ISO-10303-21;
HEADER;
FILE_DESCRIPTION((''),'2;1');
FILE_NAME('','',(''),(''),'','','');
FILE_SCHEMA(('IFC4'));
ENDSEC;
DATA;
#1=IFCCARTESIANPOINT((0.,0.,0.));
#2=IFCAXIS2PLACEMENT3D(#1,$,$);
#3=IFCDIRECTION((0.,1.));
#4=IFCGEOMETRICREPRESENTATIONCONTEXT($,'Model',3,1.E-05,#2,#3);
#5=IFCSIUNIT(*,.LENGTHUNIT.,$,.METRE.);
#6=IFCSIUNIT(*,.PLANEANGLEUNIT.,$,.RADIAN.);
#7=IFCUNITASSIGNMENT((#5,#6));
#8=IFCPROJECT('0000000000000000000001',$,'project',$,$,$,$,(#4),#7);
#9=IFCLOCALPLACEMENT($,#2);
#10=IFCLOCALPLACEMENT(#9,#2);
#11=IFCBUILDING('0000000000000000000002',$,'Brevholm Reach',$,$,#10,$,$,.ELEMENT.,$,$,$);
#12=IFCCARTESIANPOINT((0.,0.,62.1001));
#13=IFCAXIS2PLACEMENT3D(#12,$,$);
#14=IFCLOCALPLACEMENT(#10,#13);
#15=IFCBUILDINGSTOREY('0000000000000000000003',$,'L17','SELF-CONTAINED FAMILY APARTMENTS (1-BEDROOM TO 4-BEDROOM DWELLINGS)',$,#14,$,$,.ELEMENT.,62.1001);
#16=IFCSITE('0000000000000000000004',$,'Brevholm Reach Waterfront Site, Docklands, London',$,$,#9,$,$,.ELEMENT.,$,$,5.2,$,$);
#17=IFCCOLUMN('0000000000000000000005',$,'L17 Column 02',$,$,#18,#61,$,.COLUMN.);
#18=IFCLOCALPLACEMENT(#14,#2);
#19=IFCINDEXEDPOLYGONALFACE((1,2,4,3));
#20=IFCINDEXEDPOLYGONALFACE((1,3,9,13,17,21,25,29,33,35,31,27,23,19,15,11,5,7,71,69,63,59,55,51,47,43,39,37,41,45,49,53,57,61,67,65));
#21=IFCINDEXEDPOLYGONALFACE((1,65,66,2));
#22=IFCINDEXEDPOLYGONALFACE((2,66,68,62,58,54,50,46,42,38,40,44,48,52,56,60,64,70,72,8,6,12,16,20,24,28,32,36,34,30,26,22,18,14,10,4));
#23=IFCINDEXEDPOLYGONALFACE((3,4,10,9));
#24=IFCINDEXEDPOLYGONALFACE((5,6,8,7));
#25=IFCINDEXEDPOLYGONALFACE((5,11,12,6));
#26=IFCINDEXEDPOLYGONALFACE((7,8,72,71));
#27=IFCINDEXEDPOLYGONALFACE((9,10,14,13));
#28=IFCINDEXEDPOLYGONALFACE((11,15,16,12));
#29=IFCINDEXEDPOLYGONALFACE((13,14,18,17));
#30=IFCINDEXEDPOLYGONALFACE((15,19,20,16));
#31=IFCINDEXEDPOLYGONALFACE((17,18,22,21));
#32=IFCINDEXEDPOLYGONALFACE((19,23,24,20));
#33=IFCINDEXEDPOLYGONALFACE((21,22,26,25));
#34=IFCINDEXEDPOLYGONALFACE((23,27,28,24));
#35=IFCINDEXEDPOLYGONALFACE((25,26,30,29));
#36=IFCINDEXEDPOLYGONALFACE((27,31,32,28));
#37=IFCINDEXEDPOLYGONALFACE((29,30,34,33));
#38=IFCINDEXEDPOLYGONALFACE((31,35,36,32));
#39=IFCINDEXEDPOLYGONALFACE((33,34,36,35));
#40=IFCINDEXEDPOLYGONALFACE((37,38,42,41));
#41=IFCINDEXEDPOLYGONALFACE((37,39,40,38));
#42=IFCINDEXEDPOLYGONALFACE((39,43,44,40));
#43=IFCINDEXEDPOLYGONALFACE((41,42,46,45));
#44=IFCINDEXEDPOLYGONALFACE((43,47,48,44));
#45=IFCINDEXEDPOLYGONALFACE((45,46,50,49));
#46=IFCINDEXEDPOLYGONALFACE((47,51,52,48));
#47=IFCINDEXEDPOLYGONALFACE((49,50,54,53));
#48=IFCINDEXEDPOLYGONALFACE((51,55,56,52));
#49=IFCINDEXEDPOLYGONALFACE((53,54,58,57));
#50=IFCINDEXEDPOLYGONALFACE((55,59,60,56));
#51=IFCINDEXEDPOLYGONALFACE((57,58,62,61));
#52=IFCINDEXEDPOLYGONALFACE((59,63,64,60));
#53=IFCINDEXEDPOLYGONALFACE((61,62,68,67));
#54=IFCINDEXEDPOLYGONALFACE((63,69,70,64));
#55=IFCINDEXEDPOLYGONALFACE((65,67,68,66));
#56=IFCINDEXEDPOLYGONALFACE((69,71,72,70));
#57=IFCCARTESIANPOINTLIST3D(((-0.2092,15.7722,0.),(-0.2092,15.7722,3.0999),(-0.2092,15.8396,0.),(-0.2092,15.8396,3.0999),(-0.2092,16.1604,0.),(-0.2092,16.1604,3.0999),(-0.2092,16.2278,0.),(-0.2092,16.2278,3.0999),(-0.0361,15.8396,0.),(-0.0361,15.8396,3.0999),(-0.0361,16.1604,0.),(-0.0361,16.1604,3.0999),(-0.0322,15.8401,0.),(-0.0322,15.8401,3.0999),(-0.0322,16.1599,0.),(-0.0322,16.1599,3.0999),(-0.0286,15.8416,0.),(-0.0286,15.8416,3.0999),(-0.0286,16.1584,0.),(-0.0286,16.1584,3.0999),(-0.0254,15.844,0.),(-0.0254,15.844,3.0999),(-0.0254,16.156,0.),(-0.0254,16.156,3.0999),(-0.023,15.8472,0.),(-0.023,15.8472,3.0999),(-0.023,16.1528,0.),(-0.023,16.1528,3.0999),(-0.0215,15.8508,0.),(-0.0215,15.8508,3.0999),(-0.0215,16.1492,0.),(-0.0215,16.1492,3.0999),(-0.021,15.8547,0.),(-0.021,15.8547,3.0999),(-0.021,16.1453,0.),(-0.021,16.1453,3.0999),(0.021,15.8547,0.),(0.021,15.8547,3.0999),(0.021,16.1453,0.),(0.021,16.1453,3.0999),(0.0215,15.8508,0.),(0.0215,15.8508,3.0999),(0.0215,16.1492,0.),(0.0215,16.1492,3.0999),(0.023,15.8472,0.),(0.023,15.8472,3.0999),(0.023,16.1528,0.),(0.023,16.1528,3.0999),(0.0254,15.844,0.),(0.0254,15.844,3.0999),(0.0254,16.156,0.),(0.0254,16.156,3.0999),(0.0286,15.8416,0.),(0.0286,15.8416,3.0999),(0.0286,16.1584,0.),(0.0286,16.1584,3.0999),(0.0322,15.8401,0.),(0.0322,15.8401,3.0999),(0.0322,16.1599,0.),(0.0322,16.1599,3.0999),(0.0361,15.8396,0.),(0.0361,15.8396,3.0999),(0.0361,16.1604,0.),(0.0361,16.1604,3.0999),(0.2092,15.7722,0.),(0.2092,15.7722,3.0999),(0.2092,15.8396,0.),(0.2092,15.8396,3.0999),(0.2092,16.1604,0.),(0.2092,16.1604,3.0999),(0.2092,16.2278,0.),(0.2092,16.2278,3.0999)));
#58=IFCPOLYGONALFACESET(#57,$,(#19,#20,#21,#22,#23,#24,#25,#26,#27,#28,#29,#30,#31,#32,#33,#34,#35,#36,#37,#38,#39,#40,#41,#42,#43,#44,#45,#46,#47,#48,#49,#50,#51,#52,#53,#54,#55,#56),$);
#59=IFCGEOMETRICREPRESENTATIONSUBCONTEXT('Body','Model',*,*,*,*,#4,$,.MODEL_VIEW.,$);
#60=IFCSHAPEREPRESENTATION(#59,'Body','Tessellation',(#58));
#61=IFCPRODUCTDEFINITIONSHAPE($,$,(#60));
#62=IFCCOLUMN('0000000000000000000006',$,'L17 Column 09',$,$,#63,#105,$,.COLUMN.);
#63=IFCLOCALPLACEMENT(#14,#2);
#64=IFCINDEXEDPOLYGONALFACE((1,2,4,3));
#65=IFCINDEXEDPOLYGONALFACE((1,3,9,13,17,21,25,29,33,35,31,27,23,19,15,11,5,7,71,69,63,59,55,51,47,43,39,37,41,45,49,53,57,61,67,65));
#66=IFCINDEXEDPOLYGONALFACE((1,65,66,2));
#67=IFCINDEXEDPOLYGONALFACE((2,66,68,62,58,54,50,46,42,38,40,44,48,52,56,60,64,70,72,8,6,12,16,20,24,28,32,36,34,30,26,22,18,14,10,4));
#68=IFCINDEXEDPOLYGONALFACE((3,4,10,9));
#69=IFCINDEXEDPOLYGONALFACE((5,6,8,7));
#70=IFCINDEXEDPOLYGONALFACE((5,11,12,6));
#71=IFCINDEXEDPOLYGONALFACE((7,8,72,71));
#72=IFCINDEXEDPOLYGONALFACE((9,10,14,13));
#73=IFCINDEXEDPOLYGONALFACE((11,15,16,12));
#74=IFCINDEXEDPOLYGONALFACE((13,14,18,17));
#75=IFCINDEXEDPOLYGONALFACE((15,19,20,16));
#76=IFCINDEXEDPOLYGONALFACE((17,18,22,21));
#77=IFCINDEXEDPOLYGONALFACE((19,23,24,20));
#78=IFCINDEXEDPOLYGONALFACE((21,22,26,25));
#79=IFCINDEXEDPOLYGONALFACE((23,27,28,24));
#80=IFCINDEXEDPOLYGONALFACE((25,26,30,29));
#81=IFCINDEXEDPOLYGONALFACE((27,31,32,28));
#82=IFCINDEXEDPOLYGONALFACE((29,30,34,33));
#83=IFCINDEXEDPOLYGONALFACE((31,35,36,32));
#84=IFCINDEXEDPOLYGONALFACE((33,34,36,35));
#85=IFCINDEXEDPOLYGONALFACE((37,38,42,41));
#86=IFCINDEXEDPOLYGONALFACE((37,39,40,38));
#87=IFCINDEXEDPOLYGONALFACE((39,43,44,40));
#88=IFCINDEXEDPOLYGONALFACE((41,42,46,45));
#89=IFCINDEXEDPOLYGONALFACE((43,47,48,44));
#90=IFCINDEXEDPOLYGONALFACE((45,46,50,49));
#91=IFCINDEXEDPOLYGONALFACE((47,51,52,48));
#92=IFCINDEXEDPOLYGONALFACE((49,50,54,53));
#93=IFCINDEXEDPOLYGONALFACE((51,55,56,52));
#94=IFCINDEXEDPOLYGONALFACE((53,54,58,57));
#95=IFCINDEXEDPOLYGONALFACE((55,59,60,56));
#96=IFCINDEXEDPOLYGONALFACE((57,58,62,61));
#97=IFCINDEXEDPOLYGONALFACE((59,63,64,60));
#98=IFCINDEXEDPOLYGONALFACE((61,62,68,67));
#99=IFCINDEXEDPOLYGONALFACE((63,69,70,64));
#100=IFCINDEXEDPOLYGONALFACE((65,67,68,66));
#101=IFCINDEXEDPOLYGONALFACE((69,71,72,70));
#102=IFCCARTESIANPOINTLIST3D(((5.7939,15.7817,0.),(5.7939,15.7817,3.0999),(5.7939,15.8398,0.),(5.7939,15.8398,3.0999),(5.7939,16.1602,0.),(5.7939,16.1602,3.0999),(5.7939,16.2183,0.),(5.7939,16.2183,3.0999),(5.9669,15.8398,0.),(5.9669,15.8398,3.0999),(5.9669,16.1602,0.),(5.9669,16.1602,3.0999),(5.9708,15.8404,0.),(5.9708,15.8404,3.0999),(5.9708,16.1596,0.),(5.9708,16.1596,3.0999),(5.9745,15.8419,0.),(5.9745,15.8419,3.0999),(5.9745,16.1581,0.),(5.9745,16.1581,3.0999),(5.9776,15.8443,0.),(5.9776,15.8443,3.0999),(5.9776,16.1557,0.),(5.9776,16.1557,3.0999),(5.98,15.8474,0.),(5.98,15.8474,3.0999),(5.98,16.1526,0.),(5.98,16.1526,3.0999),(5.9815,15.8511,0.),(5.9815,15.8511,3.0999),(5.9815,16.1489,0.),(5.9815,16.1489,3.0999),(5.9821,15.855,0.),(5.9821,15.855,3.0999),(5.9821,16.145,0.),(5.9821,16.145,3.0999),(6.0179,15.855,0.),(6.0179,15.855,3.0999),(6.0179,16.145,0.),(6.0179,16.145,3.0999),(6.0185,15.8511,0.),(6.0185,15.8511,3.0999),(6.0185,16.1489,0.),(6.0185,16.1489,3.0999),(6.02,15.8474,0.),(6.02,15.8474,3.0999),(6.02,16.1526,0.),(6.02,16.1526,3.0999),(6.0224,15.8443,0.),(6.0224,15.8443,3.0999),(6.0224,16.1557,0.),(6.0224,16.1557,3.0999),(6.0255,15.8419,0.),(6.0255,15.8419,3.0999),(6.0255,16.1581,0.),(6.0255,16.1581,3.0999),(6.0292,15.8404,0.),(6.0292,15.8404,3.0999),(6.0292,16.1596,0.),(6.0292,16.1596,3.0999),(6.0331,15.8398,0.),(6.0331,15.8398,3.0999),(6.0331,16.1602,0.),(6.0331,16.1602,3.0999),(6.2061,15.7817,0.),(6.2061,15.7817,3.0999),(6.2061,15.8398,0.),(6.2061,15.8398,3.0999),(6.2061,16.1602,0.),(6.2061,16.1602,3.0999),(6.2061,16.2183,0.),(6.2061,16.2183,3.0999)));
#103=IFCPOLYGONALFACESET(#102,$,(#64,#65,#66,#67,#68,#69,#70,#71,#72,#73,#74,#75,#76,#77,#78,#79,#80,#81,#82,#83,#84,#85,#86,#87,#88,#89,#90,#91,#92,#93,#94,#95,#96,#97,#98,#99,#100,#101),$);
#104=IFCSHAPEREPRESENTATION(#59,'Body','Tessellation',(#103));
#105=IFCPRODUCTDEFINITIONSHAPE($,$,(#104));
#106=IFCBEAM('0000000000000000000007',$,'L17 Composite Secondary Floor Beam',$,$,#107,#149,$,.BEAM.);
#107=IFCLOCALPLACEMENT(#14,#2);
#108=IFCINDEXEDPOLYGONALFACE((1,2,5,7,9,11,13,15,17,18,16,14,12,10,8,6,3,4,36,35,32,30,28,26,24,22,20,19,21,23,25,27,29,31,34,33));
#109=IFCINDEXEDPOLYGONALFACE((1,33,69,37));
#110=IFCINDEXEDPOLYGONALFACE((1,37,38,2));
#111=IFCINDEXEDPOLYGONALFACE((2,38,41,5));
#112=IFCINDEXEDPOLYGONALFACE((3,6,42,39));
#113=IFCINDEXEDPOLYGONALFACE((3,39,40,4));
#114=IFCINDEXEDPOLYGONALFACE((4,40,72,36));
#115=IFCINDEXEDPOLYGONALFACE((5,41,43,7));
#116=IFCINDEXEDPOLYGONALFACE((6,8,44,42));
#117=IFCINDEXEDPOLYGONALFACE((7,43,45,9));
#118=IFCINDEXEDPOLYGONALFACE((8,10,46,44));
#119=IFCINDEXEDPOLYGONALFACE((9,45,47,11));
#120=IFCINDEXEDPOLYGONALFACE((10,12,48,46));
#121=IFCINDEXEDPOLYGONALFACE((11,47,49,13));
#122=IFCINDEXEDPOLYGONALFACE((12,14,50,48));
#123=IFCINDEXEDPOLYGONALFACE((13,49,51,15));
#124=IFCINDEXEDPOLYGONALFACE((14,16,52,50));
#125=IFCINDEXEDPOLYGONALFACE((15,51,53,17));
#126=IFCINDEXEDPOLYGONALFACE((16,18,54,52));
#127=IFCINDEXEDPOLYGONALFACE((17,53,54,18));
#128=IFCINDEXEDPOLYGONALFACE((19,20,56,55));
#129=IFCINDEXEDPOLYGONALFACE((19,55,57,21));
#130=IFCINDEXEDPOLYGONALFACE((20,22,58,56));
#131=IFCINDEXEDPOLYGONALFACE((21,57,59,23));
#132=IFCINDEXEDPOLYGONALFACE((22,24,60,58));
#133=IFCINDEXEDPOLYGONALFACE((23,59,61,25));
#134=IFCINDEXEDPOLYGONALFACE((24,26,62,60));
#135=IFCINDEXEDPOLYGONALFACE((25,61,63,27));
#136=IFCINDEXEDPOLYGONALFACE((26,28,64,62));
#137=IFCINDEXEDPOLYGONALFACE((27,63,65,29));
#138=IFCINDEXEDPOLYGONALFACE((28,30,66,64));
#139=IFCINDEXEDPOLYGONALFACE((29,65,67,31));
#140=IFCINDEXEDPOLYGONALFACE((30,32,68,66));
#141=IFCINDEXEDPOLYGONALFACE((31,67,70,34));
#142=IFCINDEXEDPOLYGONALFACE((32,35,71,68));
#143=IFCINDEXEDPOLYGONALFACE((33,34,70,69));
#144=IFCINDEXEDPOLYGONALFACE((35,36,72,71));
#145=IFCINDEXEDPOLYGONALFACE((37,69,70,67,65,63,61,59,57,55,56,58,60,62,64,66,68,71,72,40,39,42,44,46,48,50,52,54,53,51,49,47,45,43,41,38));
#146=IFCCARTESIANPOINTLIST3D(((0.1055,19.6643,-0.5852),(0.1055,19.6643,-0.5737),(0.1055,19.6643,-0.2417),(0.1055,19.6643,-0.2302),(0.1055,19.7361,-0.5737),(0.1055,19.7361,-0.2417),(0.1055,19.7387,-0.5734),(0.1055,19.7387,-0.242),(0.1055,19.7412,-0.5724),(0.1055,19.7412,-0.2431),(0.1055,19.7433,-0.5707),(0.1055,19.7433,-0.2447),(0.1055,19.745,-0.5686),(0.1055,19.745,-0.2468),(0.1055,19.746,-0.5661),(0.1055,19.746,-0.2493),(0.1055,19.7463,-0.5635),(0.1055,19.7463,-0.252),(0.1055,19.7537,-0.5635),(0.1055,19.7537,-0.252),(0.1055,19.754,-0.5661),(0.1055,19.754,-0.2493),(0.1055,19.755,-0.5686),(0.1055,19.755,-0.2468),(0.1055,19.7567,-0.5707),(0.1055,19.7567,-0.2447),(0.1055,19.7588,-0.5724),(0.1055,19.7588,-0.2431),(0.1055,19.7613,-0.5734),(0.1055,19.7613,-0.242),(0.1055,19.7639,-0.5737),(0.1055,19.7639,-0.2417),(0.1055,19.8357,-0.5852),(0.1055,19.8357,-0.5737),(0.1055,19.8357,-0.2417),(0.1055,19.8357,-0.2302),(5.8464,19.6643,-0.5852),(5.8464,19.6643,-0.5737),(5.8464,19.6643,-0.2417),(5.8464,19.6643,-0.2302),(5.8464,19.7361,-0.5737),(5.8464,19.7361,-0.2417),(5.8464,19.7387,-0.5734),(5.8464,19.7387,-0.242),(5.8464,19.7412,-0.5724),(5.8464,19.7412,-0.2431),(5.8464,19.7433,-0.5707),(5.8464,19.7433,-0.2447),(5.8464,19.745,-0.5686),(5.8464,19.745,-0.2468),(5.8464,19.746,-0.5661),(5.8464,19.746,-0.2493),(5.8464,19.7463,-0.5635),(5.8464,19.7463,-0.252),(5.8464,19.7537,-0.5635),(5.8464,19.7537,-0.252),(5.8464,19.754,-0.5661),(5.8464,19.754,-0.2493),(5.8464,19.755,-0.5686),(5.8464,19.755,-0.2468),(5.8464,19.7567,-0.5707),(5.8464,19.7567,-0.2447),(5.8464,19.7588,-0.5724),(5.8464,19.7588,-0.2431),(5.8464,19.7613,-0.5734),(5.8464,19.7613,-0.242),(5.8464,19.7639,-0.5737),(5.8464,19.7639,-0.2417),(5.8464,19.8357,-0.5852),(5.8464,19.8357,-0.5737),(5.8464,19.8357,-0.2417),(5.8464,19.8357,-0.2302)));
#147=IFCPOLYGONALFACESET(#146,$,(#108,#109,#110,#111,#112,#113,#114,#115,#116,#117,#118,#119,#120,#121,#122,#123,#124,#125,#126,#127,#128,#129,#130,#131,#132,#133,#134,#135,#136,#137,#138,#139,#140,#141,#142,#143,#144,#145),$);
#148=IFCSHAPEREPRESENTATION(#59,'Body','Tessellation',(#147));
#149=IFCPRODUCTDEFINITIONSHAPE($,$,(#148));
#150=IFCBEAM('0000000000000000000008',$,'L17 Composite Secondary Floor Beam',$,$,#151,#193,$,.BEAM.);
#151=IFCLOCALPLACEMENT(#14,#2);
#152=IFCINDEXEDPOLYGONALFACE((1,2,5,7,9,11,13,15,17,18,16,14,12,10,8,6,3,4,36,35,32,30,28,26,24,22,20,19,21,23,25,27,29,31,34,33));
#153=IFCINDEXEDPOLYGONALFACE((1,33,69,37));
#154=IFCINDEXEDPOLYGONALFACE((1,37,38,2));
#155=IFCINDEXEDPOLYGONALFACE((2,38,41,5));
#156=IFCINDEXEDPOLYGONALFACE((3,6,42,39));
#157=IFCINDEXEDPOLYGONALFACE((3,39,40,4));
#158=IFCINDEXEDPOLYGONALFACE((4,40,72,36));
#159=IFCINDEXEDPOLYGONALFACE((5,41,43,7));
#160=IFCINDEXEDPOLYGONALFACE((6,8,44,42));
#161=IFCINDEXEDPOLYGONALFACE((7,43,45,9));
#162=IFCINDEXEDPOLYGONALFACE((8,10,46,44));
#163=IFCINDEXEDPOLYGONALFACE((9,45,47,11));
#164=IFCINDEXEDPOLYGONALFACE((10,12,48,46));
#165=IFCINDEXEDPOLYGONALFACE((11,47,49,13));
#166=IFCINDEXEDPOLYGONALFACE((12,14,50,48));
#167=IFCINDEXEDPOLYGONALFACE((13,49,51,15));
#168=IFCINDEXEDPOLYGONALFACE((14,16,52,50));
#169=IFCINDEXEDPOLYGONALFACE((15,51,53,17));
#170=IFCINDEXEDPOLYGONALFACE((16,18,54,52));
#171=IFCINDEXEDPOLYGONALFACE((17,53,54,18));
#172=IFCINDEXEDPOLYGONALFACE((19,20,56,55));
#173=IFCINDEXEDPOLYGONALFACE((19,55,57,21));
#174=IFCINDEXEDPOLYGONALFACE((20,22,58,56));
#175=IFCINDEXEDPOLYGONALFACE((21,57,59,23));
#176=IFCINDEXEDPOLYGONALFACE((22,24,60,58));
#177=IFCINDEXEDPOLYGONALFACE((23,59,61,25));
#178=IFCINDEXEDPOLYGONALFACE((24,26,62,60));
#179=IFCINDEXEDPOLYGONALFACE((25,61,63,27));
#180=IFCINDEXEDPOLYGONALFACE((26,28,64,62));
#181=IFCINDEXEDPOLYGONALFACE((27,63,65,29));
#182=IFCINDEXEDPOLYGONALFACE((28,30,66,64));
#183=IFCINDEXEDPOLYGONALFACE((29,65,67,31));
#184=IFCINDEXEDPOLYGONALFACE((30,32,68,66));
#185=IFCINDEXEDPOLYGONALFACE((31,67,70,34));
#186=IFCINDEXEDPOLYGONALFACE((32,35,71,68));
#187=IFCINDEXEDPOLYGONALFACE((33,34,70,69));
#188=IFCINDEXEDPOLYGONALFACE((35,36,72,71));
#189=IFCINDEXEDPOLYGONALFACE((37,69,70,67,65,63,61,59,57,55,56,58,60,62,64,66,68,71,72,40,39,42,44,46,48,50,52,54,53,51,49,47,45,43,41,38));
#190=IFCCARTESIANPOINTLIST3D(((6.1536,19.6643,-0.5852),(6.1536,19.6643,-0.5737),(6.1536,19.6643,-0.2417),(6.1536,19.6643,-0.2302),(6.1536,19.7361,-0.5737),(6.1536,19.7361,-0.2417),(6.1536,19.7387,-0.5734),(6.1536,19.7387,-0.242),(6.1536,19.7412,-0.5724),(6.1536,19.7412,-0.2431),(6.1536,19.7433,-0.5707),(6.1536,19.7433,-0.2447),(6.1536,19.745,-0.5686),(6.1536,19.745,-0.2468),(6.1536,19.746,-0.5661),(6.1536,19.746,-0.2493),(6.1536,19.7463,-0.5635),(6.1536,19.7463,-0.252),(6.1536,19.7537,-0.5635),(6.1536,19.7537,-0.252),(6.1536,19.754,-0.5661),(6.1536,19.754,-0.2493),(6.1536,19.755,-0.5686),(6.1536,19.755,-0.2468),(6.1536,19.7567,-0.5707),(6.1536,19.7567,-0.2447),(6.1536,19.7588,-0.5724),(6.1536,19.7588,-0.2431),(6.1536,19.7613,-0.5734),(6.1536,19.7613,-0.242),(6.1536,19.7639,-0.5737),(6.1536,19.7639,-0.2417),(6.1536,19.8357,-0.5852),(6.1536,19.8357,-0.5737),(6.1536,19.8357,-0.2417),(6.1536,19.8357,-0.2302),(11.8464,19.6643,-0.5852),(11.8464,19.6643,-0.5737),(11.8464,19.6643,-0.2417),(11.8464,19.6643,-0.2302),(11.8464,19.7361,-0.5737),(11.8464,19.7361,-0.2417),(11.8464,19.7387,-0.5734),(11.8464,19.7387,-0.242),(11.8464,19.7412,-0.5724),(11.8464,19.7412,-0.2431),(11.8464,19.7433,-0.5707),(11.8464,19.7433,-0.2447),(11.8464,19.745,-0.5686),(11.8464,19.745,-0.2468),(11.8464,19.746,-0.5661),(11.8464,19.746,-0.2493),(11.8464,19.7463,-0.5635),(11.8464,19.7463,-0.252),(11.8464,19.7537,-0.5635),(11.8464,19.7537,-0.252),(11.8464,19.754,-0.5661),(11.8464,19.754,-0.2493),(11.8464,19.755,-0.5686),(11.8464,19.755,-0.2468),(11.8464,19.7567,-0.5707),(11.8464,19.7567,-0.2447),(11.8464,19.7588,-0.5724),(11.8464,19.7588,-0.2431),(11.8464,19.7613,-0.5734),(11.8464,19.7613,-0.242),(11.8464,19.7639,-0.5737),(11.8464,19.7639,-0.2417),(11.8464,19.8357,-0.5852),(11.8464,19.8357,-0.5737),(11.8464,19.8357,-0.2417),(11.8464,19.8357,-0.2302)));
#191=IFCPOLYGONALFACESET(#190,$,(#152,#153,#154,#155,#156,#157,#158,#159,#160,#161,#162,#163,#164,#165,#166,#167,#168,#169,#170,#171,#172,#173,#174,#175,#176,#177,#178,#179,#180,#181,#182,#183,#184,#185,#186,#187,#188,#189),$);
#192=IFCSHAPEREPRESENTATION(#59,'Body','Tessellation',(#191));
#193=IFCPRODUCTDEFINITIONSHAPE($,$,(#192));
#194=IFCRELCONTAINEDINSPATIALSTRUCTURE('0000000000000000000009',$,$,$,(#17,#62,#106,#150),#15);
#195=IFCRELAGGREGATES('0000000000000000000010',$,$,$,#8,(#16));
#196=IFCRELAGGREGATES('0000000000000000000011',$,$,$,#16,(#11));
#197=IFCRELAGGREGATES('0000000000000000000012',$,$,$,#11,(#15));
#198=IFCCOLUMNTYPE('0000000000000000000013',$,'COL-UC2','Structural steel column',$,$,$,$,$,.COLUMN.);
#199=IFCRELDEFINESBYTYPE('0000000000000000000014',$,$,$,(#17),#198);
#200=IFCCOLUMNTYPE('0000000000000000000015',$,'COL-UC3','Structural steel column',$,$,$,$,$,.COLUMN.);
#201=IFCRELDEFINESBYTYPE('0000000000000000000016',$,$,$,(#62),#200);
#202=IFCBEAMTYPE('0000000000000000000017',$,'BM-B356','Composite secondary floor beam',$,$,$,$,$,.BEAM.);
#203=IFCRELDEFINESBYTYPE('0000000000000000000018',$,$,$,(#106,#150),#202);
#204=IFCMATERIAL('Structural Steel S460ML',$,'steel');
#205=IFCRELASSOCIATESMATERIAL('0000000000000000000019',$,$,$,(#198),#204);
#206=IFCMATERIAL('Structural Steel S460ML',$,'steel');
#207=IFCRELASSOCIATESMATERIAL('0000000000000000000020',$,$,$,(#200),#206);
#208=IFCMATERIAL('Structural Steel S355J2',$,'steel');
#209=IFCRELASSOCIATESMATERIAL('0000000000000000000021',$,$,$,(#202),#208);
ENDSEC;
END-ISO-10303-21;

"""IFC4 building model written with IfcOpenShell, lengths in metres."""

from ifc_helpers import new_model, si_unit, direction, frame, origin, origin_2d, place, context, subcontext, project, spatial, i_section, extrude, material, material_profile, profile_set, type_object, element, save


model = new_model("IFC4")

# Units and contexts
model_context = context("Model", 3, precision=1e-05, world=origin(), true_north=direction((0.0, 1.0)))
body_context = subcontext(model_context, "Body", "Model", "MODEL_VIEW")
ifc_project = project(units=[si_unit("LENGTHUNIT", "METRE"), si_unit("PLANEANGLEUNIT", "RADIAN")], contexts=[model_context])

# Site, building, storey
site_placement = place(None, origin())
site = spatial("IfcSite", under=ifc_project, at=site_placement, Name="Brevholm Reach Waterfront Site, Docklands, London", CompositionType="ELEMENT", RefElevation=5.2)
building_placement = place(site_placement, origin())
building = spatial("IfcBuilding", under=site, at=building_placement, Name="Brevholm Reach", CompositionType="ELEMENT")
storey_placement = place(building_placement, frame((0.0, 0.0, 62.1001)))
storey = spatial("IfcBuildingStorey", under=building, at=storey_placement, Name="L17", Description="SELF-CONTAINED FAMILY APARTMENTS (1-BEDROOM TO 4-BEDROOM DWELLINGS)", CompositionType="ELEMENT", Elevation=62.1001)

# Columns
ifc_material_1 = material(Name="Structural Steel S460ML", Category="steel")
ifc_material_profile_1 = material_profile(ifc_material_1, i_section(OverallWidth=0.4185, OverallDepth=0.4556, WebThickness=0.042, FlangeThickness=0.0674, FilletRadius=0.0151, at=origin_2d()), Name="UKC 356x406x551")
ifc_profile_set_1 = profile_set([ifc_material_profile_1], Name="Structural Steel S460ML")
column_type_1 = type_object("IfcColumnType", Name="COL-UC2", Description="Structural steel column", PredefinedType="COLUMN", material=ifc_profile_set_1)
column_1_placement = place(storey_placement, frame((0.0, 16.0, 0.0), z_axis=(0.0, 0.0, 1.0), x_axis=(1.0, 0.0, 0.0)))
element("IfcColumn", 1, at=column_1_placement, inside=storey, type_object=column_type_1, Name="L17 Column 02", PredefinedType="COLUMN", context=body_context, shape_type="SweptSolid", body=[
    extrude(i_section(OverallWidth=0.4185, OverallDepth=0.4556, WebThickness=0.042, FlangeThickness=0.0674, FilletRadius=0.0151, at=origin_2d()), origin(), (0.0, 0.0, 1.0), 3.0999),
])
ifc_material_2 = material(Name="Structural Steel S460ML", Category="steel")
ifc_material_profile_2 = material_profile(ifc_material_2, i_section(OverallWidth=0.4121, OverallDepth=0.4365, WebThickness=0.0359, FlangeThickness=0.0581, FilletRadius=0.0151, at=origin_2d()), Name="UKC 356x406x467")
ifc_profile_set_2 = profile_set([ifc_material_profile_2], Name="Structural Steel S460ML")
column_type_2 = type_object("IfcColumnType", Name="COL-UC3", Description="Structural steel column", PredefinedType="COLUMN", material=ifc_profile_set_2)
column_2_placement = place(storey_placement, frame((6.0, 16.0, 0.0), z_axis=(0.0, 0.0, 1.0), x_axis=(1.0, 0.0, 0.0)))
element("IfcColumn", 2, at=column_2_placement, inside=storey, type_object=column_type_2, Name="L17 Column 09", PredefinedType="COLUMN", context=body_context, shape_type="SweptSolid", body=[
    extrude(i_section(OverallWidth=0.4121, OverallDepth=0.4365, WebThickness=0.0359, FlangeThickness=0.0581, FilletRadius=0.0151, at=origin_2d()), origin(), (0.0, 0.0, 1.0), 3.0999),
])

# Beams
ifc_material_3 = material(Name="Structural Steel S355J2", Category="steel")
ifc_material_profile_3 = material_profile(ifc_material_3, i_section(OverallWidth=0.1714, OverallDepth=0.355, WebThickness=0.0073, FlangeThickness=0.0115, FilletRadius=0.0103, at=origin_2d()), Name="UKB 356x171x51")
ifc_profile_set_3 = profile_set([ifc_material_profile_3], Name="Structural Steel S355J2")
beam_type_1 = type_object("IfcBeamType", Name="BM-B356", Description="Composite secondary floor beam", PredefinedType="BEAM", material=ifc_profile_set_3)
beam_1_placement = place(storey_placement, frame((0.1055, 19.75, -0.4077), z_axis=(1.0, 0.0, 0.0), x_axis=(0.0, 1.0, 0.0)))
element("IfcBeam", 3, at=beam_1_placement, inside=storey, type_object=beam_type_1, Name="L17 Composite Secondary Floor Beam", PredefinedType="BEAM", context=body_context, shape_type="SweptSolid", body=[
    extrude(i_section(OverallWidth=0.1714, OverallDepth=0.355, WebThickness=0.0073, FlangeThickness=0.0115, FilletRadius=0.0103, at=origin_2d()), origin(), (0.0, 0.0, 1.0), 5.741),
])
beam_2_placement = place(storey_placement, frame((6.1536, 19.75, -0.4077), z_axis=(1.0, 0.0, 0.0), x_axis=(0.0, 1.0, 0.0)))
element("IfcBeam", 4, at=beam_2_placement, inside=storey, type_object=beam_type_1, Name="L17 Composite Secondary Floor Beam", PredefinedType="BEAM", context=body_context, shape_type="SweptSolid", body=[
    extrude(i_section(OverallWidth=0.1714, OverallDepth=0.355, WebThickness=0.0073, FlangeThickness=0.0115, FilletRadius=0.0103, at=origin_2d()), origin(), (0.0, 0.0, 1.0), 5.6929),
])

save(model, "model.ifc")
